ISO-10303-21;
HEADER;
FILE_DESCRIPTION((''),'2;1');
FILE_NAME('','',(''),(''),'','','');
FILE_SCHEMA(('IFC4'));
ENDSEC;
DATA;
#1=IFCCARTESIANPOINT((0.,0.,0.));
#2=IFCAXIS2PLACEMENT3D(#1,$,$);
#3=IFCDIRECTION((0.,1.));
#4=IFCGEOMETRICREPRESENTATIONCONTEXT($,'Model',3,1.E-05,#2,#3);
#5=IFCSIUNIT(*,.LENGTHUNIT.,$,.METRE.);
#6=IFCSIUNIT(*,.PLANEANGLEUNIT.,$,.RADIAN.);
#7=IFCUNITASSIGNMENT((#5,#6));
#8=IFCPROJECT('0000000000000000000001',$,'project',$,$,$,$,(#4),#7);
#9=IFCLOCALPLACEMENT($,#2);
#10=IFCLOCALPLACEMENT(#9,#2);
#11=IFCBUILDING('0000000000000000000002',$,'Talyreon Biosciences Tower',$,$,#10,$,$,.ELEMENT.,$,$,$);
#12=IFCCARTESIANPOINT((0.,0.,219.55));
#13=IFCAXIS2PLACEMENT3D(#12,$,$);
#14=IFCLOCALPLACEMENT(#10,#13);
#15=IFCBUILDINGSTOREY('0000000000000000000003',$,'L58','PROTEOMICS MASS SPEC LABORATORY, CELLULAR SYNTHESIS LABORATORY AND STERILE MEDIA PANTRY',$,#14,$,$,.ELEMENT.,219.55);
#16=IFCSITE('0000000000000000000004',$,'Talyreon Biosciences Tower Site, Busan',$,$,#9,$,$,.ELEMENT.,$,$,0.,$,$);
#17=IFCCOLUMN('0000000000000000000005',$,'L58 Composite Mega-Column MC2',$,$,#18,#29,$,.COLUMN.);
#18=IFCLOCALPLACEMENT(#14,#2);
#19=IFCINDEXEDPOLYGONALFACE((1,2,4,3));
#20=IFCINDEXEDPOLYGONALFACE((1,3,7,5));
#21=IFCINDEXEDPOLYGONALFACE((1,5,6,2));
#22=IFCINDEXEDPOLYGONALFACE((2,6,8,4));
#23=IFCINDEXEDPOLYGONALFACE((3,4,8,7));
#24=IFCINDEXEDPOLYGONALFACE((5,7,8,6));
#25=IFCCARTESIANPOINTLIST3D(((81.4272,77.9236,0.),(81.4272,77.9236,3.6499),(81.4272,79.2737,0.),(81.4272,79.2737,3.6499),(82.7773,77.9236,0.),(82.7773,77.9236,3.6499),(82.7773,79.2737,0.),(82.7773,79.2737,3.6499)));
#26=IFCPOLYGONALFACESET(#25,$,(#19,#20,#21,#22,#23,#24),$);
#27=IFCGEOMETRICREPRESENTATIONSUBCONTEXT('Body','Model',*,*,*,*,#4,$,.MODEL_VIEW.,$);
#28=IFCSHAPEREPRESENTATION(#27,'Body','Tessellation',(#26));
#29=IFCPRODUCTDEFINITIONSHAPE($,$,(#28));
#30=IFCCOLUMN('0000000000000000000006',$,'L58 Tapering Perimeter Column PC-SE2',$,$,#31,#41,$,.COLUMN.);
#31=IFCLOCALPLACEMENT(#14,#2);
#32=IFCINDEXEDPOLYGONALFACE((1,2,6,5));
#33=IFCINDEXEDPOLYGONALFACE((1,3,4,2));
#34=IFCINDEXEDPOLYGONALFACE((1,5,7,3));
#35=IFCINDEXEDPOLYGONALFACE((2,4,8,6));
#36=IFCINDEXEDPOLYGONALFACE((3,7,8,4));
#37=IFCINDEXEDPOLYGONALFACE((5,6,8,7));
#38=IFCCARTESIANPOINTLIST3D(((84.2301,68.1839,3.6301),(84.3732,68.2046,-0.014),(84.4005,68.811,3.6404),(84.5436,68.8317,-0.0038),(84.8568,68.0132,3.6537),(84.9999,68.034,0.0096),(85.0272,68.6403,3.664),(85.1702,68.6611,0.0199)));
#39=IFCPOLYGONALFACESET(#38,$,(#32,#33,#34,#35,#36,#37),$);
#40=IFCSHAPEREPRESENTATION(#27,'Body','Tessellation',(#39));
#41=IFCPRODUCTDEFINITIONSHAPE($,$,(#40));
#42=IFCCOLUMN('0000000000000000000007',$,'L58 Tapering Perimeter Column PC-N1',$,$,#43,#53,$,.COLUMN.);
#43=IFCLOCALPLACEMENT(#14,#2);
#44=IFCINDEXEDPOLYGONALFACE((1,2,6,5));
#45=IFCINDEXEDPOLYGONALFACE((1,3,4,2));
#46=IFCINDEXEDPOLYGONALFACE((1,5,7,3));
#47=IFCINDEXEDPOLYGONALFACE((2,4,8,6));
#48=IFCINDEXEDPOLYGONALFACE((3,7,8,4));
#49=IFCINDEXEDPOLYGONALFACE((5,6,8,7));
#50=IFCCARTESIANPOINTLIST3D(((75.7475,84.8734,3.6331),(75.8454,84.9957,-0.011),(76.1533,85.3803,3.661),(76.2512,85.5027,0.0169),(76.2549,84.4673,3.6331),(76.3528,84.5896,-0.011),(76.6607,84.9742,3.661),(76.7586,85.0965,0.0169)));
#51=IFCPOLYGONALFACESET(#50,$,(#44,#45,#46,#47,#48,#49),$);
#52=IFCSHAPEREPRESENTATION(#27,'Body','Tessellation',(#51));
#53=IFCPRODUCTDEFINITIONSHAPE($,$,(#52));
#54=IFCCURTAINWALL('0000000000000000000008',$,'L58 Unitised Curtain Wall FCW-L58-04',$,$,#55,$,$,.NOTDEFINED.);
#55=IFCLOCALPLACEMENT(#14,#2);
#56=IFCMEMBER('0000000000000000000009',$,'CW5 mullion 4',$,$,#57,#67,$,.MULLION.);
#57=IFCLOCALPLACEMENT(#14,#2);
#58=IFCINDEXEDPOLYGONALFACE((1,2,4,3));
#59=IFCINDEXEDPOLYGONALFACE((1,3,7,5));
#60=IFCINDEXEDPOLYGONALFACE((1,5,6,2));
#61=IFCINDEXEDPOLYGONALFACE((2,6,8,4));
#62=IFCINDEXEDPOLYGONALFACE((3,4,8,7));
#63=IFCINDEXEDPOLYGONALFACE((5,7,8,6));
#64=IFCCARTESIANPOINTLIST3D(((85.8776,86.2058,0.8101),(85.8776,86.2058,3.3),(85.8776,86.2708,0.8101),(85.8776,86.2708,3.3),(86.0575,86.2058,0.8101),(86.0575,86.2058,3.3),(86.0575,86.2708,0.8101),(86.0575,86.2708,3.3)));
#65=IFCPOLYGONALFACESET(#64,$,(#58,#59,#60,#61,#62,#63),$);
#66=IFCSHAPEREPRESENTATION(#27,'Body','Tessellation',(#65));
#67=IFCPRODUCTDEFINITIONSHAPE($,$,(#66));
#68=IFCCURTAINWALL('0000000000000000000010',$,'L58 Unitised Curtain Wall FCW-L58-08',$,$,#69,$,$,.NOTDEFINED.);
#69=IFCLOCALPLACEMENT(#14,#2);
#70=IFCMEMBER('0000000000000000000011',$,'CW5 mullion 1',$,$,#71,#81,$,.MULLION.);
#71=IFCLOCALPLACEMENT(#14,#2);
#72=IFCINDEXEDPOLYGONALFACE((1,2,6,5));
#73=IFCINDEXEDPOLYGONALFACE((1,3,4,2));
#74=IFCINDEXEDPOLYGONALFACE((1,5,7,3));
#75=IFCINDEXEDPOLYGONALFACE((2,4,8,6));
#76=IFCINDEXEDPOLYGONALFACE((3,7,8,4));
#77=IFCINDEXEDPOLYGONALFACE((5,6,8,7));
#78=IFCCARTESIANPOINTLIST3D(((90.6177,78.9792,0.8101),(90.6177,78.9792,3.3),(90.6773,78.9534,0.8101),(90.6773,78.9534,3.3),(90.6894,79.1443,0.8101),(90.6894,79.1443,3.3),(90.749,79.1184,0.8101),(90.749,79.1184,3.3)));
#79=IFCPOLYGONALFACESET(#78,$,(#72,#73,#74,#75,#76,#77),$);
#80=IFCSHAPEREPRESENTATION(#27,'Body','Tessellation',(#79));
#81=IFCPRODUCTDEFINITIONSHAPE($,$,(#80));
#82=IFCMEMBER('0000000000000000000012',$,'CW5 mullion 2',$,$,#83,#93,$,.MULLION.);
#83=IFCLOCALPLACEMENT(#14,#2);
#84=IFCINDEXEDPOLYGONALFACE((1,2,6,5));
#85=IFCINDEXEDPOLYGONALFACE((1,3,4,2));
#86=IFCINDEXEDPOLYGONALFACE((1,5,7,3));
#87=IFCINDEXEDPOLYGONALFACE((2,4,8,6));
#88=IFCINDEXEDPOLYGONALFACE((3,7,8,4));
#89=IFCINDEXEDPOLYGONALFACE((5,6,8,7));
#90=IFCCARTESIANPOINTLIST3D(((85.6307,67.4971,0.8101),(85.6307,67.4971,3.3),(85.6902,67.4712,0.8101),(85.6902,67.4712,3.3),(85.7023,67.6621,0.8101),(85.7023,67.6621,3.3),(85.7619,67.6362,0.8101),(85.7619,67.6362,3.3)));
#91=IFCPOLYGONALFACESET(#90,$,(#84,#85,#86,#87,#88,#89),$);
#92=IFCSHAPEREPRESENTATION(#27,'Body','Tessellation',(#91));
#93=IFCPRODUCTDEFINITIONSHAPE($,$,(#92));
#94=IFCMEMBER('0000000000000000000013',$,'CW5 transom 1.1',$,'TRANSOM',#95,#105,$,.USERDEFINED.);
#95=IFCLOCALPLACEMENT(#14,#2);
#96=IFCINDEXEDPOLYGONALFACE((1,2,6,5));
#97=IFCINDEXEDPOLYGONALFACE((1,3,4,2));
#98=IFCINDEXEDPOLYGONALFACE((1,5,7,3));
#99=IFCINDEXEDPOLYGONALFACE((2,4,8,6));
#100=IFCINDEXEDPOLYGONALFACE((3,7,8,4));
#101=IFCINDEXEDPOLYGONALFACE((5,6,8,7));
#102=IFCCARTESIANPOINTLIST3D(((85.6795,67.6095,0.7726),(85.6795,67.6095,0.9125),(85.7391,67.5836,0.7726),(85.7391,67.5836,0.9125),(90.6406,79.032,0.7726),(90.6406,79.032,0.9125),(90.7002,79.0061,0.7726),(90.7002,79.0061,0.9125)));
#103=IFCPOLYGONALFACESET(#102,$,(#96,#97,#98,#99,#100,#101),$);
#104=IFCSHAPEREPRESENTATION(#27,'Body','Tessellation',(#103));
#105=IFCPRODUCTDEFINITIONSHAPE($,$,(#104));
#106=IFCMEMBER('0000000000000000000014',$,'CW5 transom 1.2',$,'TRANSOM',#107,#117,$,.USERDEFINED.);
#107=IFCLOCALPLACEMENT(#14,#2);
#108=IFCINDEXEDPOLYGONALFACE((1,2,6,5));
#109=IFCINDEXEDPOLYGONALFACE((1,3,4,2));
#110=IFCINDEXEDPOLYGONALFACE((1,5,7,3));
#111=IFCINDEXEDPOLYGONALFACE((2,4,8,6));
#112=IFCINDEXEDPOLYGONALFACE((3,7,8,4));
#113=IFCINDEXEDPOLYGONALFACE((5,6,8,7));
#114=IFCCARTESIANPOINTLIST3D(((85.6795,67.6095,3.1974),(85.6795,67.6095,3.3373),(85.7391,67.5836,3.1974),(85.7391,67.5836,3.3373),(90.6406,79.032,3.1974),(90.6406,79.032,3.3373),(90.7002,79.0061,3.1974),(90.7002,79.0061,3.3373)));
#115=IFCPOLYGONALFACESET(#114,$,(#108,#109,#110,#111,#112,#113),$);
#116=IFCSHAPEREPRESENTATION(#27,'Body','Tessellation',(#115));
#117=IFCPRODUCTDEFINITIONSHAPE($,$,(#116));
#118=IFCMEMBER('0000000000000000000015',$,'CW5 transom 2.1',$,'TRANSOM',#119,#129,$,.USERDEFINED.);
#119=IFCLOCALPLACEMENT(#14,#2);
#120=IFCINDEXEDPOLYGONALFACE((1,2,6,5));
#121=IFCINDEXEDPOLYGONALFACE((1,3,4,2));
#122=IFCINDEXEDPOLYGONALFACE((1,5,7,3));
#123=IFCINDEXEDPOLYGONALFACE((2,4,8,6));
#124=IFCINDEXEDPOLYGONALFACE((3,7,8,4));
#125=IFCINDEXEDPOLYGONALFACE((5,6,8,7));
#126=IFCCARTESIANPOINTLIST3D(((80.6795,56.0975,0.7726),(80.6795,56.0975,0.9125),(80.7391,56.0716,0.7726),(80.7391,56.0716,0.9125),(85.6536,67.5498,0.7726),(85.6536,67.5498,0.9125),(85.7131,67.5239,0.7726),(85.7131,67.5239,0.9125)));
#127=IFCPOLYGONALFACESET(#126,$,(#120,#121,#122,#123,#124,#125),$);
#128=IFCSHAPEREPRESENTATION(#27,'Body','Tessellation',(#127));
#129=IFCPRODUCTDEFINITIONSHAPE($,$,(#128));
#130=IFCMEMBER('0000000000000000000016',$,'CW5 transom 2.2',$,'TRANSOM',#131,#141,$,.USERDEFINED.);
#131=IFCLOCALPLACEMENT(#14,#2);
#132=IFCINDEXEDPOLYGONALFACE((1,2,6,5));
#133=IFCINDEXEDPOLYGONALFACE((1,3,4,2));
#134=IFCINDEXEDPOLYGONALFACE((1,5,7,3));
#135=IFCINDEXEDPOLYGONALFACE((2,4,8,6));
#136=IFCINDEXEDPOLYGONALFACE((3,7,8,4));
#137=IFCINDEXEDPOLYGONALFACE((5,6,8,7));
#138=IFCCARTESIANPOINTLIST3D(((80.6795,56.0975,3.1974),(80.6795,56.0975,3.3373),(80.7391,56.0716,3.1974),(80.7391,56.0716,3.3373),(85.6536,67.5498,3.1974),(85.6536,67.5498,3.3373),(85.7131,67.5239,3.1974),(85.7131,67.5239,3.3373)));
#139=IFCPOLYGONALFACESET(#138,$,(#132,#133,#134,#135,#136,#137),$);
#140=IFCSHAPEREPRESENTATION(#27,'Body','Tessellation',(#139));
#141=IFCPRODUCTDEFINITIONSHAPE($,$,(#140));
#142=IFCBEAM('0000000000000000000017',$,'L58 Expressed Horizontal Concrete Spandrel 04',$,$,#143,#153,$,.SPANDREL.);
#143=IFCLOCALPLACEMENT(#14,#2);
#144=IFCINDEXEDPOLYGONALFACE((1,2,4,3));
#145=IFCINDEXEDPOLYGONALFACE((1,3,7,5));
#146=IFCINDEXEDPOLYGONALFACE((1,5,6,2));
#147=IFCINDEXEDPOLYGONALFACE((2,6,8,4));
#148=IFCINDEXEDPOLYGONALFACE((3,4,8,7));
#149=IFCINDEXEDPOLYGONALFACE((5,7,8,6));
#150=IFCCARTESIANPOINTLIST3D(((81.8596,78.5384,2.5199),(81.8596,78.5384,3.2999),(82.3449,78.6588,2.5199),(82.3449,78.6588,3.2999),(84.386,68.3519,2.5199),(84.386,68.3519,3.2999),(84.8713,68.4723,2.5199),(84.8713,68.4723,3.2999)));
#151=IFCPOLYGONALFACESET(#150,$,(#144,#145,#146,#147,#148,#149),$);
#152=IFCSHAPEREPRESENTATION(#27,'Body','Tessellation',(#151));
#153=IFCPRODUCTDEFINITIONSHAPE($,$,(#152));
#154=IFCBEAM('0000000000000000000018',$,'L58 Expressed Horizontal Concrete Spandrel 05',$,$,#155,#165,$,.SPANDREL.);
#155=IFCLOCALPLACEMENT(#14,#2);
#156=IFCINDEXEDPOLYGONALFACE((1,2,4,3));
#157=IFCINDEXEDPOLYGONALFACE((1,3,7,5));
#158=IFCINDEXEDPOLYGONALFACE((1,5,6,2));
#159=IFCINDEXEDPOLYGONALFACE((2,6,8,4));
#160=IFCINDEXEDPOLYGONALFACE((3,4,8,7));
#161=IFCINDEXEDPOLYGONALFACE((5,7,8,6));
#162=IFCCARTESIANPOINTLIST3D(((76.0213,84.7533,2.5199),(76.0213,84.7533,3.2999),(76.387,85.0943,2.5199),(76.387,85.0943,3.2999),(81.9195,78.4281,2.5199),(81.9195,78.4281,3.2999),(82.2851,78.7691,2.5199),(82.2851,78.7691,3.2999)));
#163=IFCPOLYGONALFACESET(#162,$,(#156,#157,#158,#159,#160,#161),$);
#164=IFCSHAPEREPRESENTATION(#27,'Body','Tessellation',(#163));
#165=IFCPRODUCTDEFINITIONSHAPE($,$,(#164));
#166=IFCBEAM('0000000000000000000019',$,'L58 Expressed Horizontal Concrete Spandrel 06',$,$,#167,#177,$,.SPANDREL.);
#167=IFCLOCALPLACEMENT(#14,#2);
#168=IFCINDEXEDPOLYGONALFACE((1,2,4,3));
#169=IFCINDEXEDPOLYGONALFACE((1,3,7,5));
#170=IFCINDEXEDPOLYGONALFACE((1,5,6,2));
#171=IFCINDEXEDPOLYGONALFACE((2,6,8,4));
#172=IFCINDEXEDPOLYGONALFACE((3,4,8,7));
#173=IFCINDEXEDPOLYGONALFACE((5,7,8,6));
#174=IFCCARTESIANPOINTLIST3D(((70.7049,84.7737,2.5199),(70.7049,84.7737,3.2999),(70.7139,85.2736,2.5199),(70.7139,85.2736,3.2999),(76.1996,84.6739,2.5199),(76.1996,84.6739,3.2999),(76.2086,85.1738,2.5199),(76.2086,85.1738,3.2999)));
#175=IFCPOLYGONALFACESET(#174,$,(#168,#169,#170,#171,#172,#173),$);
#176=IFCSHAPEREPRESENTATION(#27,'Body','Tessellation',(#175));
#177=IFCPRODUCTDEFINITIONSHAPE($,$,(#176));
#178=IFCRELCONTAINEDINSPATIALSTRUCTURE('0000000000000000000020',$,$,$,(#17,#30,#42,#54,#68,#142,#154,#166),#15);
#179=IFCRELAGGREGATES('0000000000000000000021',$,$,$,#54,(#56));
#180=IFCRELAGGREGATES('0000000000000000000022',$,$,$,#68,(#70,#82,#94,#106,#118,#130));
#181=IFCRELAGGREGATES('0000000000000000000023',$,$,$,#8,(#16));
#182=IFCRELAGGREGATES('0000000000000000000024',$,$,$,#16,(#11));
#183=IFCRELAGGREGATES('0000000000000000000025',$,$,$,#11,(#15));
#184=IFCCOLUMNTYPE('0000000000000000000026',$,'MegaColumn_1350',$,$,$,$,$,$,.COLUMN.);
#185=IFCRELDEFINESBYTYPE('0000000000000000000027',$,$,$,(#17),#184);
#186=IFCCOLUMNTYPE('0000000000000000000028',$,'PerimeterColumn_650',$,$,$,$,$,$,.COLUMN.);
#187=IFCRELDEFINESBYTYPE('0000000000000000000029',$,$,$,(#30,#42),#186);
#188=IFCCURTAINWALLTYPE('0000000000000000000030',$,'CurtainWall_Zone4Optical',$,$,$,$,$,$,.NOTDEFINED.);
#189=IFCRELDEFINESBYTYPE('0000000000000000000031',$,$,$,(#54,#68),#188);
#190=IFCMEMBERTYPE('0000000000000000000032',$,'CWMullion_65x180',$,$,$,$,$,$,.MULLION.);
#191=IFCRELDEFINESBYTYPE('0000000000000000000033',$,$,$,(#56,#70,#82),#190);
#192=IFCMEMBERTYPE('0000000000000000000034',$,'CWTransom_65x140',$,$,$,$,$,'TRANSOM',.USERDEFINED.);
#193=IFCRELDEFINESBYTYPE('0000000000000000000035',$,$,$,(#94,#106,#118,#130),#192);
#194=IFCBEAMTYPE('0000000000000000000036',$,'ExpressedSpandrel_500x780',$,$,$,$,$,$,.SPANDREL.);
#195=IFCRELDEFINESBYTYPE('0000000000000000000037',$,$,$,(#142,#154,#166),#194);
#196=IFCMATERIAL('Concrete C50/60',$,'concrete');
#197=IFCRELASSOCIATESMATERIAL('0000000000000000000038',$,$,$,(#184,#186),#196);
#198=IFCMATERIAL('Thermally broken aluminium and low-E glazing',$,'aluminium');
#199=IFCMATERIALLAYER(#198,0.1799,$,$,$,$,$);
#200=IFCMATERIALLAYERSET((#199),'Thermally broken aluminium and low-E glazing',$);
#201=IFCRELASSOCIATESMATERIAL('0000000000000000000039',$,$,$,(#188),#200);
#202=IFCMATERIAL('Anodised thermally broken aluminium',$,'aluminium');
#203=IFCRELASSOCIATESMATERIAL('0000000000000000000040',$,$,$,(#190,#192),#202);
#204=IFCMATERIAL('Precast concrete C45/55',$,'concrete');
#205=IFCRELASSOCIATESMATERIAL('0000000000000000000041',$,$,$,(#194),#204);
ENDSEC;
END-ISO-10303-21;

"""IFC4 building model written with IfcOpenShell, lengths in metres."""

from ifc_helpers import new_model, si_unit, direction, frame, origin, origin_2d, place, context, subcontext, project, spatial, rectangle, extrude, material, layer, layer_set, material_profile, profile_set, type_object, element, aggregate, save


model = new_model("IFC4")

# Units and contexts
model_context = context("Model", 3, precision=1e-05, world=origin(), true_north=direction((0.0, 1.0)))
body_context = subcontext(model_context, "Body", "Model", "MODEL_VIEW")
ifc_project = project(units=[si_unit("LENGTHUNIT", "METRE"), si_unit("PLANEANGLEUNIT", "RADIAN")], contexts=[model_context])

# Site, building, storey
site_placement = place(None, origin())
site = spatial("IfcSite", under=ifc_project, at=site_placement, Name="Talyreon Biosciences Tower Site, Busan", CompositionType="ELEMENT", RefElevation=0.0)
building_placement = place(site_placement, origin())
building = spatial("IfcBuilding", under=site, at=building_placement, Name="Talyreon Biosciences Tower", CompositionType="ELEMENT")
storey_placement = place(building_placement, frame((0.0, 0.0, 219.55)))
storey = spatial("IfcBuildingStorey", under=building, at=storey_placement, Name="L58", Description="PROTEOMICS MASS SPEC LABORATORY, CELLULAR SYNTHESIS LABORATORY AND STERILE MEDIA PANTRY", CompositionType="ELEMENT", Elevation=219.55)

# Columns
ifc_material_1 = material(Name="Concrete C50/60", Category="concrete")
ifc_material_profile_1 = material_profile(ifc_material_1, rectangle(XDim=1.3501, YDim=1.3501, at=origin_2d()), Name="RC 1350x1350")
ifc_profile_set_1 = profile_set([ifc_material_profile_1], Name="Concrete C50/60")
column_type_1 = type_object("IfcColumnType", Name="MegaColumn_1350", PredefinedType="COLUMN", material=ifc_profile_set_1)
column_1_placement = place(storey_placement, frame((82.1023, 78.5986, 0.0), z_axis=(0.0, 0.0, 1.0), x_axis=(1.0, 0.0, 0.0)))
element("IfcColumn", 1, at=column_1_placement, inside=storey, type_object=column_type_1, Name="L58 Composite Mega-Column MC2", PredefinedType="COLUMN", context=body_context, shape_type="SweptSolid", body=[
    extrude(rectangle(XDim=1.3501, YDim=1.3501, at=origin_2d()), origin(), (0.0, 0.0, 1.0), 3.6499),
])
ifc_material_profile_2 = material_profile(ifc_material_1, rectangle(XDim=0.6499, YDim=0.6499, at=origin_2d()), Name="RC 650x650")
ifc_profile_set_2 = profile_set([ifc_material_profile_2], Name="Concrete C50/60")
column_type_2 = type_object("IfcColumnType", Name="PerimeterColumn_650", PredefinedType="COLUMN", material=ifc_profile_set_2)
column_2_placement = place(storey_placement, frame((84.7717, 68.4329, 0.0029), z_axis=(-0.039229, -0.00569, 0.999214), x_axis=(0.964222, -0.262591, 0.03636)))
element("IfcColumn", 2, at=column_2_placement, inside=storey, type_object=column_type_2, Name="L58 Tapering Perimeter Column PC-SE2", PredefinedType="COLUMN", context=body_context, shape_type="SweptSolid", body=[
    extrude(rectangle(XDim=0.6499, YDim=0.6499, at=origin_2d()), origin(), (0.0, 0.0, 1.0), 3.647),
])
column_3_placement = place(storey_placement, frame((76.302, 85.0461, 0.0029), z_axis=(-0.026841, -0.033535, 0.999077), x_axis=(-0.780717, 0.624885, 0.0)))
element("IfcColumn", 3, at=column_3_placement, inside=storey, type_object=column_type_2, Name="L58 Tapering Perimeter Column PC-N1", PredefinedType="COLUMN", context=body_context, shape_type="SweptSolid", body=[
    extrude(rectangle(XDim=0.6499, YDim=0.6499, at=origin_2d()), origin(), (0.0, 0.0, 1.0), 3.6475),
])

# Curtain wall, member
ifc_material_2 = material(Name="Thermally broken aluminium and low-E glazing", Category="aluminium")
ifc_layer_1 = layer(ifc_material_2, 0.1799)
ifc_layer_set_1 = layer_set([ifc_layer_1], Name="Thermally broken aluminium and low-E glazing")
curtain_wall_type = type_object("IfcCurtainWallType", Name="CurtainWall_Zone4Optical", PredefinedType="NOTDEFINED", material=ifc_layer_set_1)
curtain_wall_1_placement = place(storey_placement, origin())
curtain_wall_1 = element("IfcCurtainWall", 4, at=curtain_wall_1_placement, inside=storey, type_object=curtain_wall_type, Name="L58 Unitised Curtain Wall FCW-L58-04", PredefinedType="NOTDEFINED")
ifc_material_3 = material(Name="Anodised thermally broken aluminium", Category="aluminium")
ifc_material_profile_3 = material_profile(ifc_material_3, rectangle(XDim=0.0649, YDim=0.1799, at=origin_2d()), Name="ALUM MULLION 65x180")
ifc_profile_set_3 = profile_set([ifc_material_profile_3], Name="Anodised thermally broken aluminium")
member_type_1 = type_object("IfcMemberType", Name="CWMullion_65x180", PredefinedType="MULLION", material=ifc_profile_set_3)
member_1_placement = place(storey_placement, frame((85.9675, 86.2383, 0.8101), z_axis=(0.0, 0.0, 1.0), x_axis=(0.0, 1.0, 0.0)))
member_1 = element("IfcMember", 5, at=member_1_placement, type_object=member_type_1, Name="CW5 mullion 4", PredefinedType="MULLION", context=body_context, shape_type="SweptSolid", body=[
    extrude(rectangle(XDim=0.0649, YDim=0.1799, at=origin_2d()), origin(), (0.0, 0.0, 1.0), 2.49),
])

# Curtain wall, members
curtain_wall_2_placement = place(storey_placement, origin())
curtain_wall_2 = element("IfcCurtainWall", 6, at=curtain_wall_2_placement, inside=storey, type_object=curtain_wall_type, Name="L58 Unitised Curtain Wall FCW-L58-08", PredefinedType="NOTDEFINED")
member_2_placement = place(storey_placement, frame((90.6833, 79.0488, 0.8101), z_axis=(0.0, 0.0, 1.0), x_axis=(0.917222, -0.398376, 0.0)))
member_2 = element("IfcMember", 7, at=member_2_placement, type_object=member_type_1, Name="CW5 mullion 1", PredefinedType="MULLION", context=body_context, shape_type="SweptSolid", body=[
    extrude(rectangle(XDim=0.0649, YDim=0.1799, at=origin_2d()), origin(), (0.0, 0.0, 1.0), 2.49),
])
member_3_placement = place(storey_placement, frame((85.6963, 67.5667, 0.8101), z_axis=(0.0, 0.0, 1.0), x_axis=(0.917222, -0.398376, 0.0)))
member_3 = element("IfcMember", 8, at=member_3_placement, type_object=member_type_1, Name="CW5 mullion 2", PredefinedType="MULLION", context=body_context, shape_type="SweptSolid", body=[
    extrude(rectangle(XDim=0.0649, YDim=0.1799, at=origin_2d()), origin(), (0.0, 0.0, 1.0), 2.49),
])
ifc_material_profile_4 = material_profile(ifc_material_3, rectangle(XDim=0.0649, YDim=0.1399, at=origin_2d()), Name="ALUM TRANSOM 65x140")
ifc_profile_set_4 = profile_set([ifc_material_profile_4], Name="Anodised thermally broken aluminium")
member_type_2 = type_object("IfcMemberType", Name="CWTransom_65x140", ElementType="TRANSOM", PredefinedType="USERDEFINED", material=ifc_profile_set_4)
member_4_placement = place(storey_placement, frame((90.6704, 79.019, 0.8425), z_axis=(-0.398377, -0.917222, 0.0), x_axis=(0.917222, -0.398377, 0.0)))
member_4 = element("IfcMember", 9, at=member_4_placement, type_object=member_type_2, Name="CW5 transom 1.1", ObjectType="TRANSOM", PredefinedType="USERDEFINED", context=body_context, shape_type="SweptSolid", body=[
    extrude(rectangle(XDim=0.0649, YDim=0.1399, at=origin_2d()), origin(), (0.0, 0.0, 1.0), 12.4534),
])
member_5_placement = place(storey_placement, frame((90.6704, 79.019, 3.2673), z_axis=(-0.398377, -0.917222, 0.0), x_axis=(0.917222, -0.398377, 0.0)))
member_5 = element("IfcMember", 10, at=member_5_placement, type_object=member_type_2, Name="CW5 transom 1.2", ObjectType="TRANSOM", PredefinedType="USERDEFINED", context=body_context, shape_type="SweptSolid", body=[
    extrude(rectangle(XDim=0.0649, YDim=0.1399, at=origin_2d()), origin(), (0.0, 0.0, 1.0), 12.4534),
])
member_6_placement = place(storey_placement, frame((85.6833, 67.5369, 0.8425), z_axis=(-0.398377, -0.917222, 0.0), x_axis=(0.917222, -0.398377, 0.0)))
member_6 = element("IfcMember", 11, at=member_6_placement, type_object=member_type_2, Name="CW5 transom 2.1", ObjectType="TRANSOM", PredefinedType="USERDEFINED", context=body_context, shape_type="SweptSolid", body=[
    extrude(rectangle(XDim=0.0649, YDim=0.1399, at=origin_2d()), origin(), (0.0, 0.0, 1.0), 12.4858),
])
member_7_placement = place(storey_placement, frame((85.6833, 67.5369, 3.2673), z_axis=(-0.398377, -0.917222, 0.0), x_axis=(0.917222, -0.398377, 0.0)))
member_7 = element("IfcMember", 12, at=member_7_placement, type_object=member_type_2, Name="CW5 transom 2.2", ObjectType="TRANSOM", PredefinedType="USERDEFINED", context=body_context, shape_type="SweptSolid", body=[
    extrude(rectangle(XDim=0.0649, YDim=0.1399, at=origin_2d()), origin(), (0.0, 0.0, 1.0), 12.4858),
])

# Beams
ifc_material_4 = material(Name="Precast concrete C45/55", Category="concrete")
ifc_material_profile_5 = material_profile(ifc_material_4, rectangle(XDim=0.5, YDim=0.78, at=origin_2d()), Name="RCB 500x780")
ifc_profile_set_5 = profile_set([ifc_material_profile_5], Name="Precast concrete C45/55")
beam_type_1 = type_object("IfcBeamType", Name="ExpressedSpandrel_500x780", PredefinedType="SPANDREL", material=ifc_profile_set_5)
beam_1_placement = place(storey_placement, frame((84.6287, 68.4121, 2.9099), z_axis=(-0.240718, 0.970595, 0.0), x_axis=(-0.970595, -0.240718, 0.0)))
element("IfcBeam", 13, at=beam_1_placement, inside=storey, type_object=beam_type_1, Name="L58 Expressed Horizontal Concrete Spandrel 04", PredefinedType="SPANDREL", context=body_context, shape_type="SweptSolid", body=[
    extrude(rectangle(XDim=0.5, YDim=0.78, at=origin_2d()), origin(), (0.0, 0.0, 1.0), 10.4951),
])
beam_2_placement = place(storey_placement, frame((82.1023, 78.5986, 2.9099), z_axis=(-0.681989, 0.731362, 0.0), x_axis=(-0.731362, -0.681989, 0.0)))
element("IfcBeam", 14, at=beam_2_placement, inside=storey, type_object=beam_type_1, Name="L58 Expressed Horizontal Concrete Spandrel 05", PredefinedType="SPANDREL", context=body_context, shape_type="SweptSolid", body=[
    extrude(rectangle(XDim=0.5, YDim=0.78, at=origin_2d()), origin(), (0.0, 0.0, 1.0), 8.6484),
])
beam_3_placement = place(storey_placement, frame((76.2041, 84.9238, 2.9099), z_axis=(-0.999835, 0.01817, 0.0), x_axis=(-0.01817, -0.999835, 0.0)))
element("IfcBeam", 15, at=beam_3_placement, inside=storey, type_object=beam_type_1, Name="L58 Expressed Horizontal Concrete Spandrel 06", PredefinedType="SPANDREL", context=body_context, shape_type="SweptSolid", body=[
    extrude(rectangle(XDim=0.5, YDim=0.78, at=origin_2d()), origin(), (0.0, 0.0, 1.0), 5.4956),
])

aggregate(curtain_wall_1, [member_1])
aggregate(curtain_wall_2, [member_2, member_3, member_4, member_5, member_6, member_7])

save(model, "model.ifc")
